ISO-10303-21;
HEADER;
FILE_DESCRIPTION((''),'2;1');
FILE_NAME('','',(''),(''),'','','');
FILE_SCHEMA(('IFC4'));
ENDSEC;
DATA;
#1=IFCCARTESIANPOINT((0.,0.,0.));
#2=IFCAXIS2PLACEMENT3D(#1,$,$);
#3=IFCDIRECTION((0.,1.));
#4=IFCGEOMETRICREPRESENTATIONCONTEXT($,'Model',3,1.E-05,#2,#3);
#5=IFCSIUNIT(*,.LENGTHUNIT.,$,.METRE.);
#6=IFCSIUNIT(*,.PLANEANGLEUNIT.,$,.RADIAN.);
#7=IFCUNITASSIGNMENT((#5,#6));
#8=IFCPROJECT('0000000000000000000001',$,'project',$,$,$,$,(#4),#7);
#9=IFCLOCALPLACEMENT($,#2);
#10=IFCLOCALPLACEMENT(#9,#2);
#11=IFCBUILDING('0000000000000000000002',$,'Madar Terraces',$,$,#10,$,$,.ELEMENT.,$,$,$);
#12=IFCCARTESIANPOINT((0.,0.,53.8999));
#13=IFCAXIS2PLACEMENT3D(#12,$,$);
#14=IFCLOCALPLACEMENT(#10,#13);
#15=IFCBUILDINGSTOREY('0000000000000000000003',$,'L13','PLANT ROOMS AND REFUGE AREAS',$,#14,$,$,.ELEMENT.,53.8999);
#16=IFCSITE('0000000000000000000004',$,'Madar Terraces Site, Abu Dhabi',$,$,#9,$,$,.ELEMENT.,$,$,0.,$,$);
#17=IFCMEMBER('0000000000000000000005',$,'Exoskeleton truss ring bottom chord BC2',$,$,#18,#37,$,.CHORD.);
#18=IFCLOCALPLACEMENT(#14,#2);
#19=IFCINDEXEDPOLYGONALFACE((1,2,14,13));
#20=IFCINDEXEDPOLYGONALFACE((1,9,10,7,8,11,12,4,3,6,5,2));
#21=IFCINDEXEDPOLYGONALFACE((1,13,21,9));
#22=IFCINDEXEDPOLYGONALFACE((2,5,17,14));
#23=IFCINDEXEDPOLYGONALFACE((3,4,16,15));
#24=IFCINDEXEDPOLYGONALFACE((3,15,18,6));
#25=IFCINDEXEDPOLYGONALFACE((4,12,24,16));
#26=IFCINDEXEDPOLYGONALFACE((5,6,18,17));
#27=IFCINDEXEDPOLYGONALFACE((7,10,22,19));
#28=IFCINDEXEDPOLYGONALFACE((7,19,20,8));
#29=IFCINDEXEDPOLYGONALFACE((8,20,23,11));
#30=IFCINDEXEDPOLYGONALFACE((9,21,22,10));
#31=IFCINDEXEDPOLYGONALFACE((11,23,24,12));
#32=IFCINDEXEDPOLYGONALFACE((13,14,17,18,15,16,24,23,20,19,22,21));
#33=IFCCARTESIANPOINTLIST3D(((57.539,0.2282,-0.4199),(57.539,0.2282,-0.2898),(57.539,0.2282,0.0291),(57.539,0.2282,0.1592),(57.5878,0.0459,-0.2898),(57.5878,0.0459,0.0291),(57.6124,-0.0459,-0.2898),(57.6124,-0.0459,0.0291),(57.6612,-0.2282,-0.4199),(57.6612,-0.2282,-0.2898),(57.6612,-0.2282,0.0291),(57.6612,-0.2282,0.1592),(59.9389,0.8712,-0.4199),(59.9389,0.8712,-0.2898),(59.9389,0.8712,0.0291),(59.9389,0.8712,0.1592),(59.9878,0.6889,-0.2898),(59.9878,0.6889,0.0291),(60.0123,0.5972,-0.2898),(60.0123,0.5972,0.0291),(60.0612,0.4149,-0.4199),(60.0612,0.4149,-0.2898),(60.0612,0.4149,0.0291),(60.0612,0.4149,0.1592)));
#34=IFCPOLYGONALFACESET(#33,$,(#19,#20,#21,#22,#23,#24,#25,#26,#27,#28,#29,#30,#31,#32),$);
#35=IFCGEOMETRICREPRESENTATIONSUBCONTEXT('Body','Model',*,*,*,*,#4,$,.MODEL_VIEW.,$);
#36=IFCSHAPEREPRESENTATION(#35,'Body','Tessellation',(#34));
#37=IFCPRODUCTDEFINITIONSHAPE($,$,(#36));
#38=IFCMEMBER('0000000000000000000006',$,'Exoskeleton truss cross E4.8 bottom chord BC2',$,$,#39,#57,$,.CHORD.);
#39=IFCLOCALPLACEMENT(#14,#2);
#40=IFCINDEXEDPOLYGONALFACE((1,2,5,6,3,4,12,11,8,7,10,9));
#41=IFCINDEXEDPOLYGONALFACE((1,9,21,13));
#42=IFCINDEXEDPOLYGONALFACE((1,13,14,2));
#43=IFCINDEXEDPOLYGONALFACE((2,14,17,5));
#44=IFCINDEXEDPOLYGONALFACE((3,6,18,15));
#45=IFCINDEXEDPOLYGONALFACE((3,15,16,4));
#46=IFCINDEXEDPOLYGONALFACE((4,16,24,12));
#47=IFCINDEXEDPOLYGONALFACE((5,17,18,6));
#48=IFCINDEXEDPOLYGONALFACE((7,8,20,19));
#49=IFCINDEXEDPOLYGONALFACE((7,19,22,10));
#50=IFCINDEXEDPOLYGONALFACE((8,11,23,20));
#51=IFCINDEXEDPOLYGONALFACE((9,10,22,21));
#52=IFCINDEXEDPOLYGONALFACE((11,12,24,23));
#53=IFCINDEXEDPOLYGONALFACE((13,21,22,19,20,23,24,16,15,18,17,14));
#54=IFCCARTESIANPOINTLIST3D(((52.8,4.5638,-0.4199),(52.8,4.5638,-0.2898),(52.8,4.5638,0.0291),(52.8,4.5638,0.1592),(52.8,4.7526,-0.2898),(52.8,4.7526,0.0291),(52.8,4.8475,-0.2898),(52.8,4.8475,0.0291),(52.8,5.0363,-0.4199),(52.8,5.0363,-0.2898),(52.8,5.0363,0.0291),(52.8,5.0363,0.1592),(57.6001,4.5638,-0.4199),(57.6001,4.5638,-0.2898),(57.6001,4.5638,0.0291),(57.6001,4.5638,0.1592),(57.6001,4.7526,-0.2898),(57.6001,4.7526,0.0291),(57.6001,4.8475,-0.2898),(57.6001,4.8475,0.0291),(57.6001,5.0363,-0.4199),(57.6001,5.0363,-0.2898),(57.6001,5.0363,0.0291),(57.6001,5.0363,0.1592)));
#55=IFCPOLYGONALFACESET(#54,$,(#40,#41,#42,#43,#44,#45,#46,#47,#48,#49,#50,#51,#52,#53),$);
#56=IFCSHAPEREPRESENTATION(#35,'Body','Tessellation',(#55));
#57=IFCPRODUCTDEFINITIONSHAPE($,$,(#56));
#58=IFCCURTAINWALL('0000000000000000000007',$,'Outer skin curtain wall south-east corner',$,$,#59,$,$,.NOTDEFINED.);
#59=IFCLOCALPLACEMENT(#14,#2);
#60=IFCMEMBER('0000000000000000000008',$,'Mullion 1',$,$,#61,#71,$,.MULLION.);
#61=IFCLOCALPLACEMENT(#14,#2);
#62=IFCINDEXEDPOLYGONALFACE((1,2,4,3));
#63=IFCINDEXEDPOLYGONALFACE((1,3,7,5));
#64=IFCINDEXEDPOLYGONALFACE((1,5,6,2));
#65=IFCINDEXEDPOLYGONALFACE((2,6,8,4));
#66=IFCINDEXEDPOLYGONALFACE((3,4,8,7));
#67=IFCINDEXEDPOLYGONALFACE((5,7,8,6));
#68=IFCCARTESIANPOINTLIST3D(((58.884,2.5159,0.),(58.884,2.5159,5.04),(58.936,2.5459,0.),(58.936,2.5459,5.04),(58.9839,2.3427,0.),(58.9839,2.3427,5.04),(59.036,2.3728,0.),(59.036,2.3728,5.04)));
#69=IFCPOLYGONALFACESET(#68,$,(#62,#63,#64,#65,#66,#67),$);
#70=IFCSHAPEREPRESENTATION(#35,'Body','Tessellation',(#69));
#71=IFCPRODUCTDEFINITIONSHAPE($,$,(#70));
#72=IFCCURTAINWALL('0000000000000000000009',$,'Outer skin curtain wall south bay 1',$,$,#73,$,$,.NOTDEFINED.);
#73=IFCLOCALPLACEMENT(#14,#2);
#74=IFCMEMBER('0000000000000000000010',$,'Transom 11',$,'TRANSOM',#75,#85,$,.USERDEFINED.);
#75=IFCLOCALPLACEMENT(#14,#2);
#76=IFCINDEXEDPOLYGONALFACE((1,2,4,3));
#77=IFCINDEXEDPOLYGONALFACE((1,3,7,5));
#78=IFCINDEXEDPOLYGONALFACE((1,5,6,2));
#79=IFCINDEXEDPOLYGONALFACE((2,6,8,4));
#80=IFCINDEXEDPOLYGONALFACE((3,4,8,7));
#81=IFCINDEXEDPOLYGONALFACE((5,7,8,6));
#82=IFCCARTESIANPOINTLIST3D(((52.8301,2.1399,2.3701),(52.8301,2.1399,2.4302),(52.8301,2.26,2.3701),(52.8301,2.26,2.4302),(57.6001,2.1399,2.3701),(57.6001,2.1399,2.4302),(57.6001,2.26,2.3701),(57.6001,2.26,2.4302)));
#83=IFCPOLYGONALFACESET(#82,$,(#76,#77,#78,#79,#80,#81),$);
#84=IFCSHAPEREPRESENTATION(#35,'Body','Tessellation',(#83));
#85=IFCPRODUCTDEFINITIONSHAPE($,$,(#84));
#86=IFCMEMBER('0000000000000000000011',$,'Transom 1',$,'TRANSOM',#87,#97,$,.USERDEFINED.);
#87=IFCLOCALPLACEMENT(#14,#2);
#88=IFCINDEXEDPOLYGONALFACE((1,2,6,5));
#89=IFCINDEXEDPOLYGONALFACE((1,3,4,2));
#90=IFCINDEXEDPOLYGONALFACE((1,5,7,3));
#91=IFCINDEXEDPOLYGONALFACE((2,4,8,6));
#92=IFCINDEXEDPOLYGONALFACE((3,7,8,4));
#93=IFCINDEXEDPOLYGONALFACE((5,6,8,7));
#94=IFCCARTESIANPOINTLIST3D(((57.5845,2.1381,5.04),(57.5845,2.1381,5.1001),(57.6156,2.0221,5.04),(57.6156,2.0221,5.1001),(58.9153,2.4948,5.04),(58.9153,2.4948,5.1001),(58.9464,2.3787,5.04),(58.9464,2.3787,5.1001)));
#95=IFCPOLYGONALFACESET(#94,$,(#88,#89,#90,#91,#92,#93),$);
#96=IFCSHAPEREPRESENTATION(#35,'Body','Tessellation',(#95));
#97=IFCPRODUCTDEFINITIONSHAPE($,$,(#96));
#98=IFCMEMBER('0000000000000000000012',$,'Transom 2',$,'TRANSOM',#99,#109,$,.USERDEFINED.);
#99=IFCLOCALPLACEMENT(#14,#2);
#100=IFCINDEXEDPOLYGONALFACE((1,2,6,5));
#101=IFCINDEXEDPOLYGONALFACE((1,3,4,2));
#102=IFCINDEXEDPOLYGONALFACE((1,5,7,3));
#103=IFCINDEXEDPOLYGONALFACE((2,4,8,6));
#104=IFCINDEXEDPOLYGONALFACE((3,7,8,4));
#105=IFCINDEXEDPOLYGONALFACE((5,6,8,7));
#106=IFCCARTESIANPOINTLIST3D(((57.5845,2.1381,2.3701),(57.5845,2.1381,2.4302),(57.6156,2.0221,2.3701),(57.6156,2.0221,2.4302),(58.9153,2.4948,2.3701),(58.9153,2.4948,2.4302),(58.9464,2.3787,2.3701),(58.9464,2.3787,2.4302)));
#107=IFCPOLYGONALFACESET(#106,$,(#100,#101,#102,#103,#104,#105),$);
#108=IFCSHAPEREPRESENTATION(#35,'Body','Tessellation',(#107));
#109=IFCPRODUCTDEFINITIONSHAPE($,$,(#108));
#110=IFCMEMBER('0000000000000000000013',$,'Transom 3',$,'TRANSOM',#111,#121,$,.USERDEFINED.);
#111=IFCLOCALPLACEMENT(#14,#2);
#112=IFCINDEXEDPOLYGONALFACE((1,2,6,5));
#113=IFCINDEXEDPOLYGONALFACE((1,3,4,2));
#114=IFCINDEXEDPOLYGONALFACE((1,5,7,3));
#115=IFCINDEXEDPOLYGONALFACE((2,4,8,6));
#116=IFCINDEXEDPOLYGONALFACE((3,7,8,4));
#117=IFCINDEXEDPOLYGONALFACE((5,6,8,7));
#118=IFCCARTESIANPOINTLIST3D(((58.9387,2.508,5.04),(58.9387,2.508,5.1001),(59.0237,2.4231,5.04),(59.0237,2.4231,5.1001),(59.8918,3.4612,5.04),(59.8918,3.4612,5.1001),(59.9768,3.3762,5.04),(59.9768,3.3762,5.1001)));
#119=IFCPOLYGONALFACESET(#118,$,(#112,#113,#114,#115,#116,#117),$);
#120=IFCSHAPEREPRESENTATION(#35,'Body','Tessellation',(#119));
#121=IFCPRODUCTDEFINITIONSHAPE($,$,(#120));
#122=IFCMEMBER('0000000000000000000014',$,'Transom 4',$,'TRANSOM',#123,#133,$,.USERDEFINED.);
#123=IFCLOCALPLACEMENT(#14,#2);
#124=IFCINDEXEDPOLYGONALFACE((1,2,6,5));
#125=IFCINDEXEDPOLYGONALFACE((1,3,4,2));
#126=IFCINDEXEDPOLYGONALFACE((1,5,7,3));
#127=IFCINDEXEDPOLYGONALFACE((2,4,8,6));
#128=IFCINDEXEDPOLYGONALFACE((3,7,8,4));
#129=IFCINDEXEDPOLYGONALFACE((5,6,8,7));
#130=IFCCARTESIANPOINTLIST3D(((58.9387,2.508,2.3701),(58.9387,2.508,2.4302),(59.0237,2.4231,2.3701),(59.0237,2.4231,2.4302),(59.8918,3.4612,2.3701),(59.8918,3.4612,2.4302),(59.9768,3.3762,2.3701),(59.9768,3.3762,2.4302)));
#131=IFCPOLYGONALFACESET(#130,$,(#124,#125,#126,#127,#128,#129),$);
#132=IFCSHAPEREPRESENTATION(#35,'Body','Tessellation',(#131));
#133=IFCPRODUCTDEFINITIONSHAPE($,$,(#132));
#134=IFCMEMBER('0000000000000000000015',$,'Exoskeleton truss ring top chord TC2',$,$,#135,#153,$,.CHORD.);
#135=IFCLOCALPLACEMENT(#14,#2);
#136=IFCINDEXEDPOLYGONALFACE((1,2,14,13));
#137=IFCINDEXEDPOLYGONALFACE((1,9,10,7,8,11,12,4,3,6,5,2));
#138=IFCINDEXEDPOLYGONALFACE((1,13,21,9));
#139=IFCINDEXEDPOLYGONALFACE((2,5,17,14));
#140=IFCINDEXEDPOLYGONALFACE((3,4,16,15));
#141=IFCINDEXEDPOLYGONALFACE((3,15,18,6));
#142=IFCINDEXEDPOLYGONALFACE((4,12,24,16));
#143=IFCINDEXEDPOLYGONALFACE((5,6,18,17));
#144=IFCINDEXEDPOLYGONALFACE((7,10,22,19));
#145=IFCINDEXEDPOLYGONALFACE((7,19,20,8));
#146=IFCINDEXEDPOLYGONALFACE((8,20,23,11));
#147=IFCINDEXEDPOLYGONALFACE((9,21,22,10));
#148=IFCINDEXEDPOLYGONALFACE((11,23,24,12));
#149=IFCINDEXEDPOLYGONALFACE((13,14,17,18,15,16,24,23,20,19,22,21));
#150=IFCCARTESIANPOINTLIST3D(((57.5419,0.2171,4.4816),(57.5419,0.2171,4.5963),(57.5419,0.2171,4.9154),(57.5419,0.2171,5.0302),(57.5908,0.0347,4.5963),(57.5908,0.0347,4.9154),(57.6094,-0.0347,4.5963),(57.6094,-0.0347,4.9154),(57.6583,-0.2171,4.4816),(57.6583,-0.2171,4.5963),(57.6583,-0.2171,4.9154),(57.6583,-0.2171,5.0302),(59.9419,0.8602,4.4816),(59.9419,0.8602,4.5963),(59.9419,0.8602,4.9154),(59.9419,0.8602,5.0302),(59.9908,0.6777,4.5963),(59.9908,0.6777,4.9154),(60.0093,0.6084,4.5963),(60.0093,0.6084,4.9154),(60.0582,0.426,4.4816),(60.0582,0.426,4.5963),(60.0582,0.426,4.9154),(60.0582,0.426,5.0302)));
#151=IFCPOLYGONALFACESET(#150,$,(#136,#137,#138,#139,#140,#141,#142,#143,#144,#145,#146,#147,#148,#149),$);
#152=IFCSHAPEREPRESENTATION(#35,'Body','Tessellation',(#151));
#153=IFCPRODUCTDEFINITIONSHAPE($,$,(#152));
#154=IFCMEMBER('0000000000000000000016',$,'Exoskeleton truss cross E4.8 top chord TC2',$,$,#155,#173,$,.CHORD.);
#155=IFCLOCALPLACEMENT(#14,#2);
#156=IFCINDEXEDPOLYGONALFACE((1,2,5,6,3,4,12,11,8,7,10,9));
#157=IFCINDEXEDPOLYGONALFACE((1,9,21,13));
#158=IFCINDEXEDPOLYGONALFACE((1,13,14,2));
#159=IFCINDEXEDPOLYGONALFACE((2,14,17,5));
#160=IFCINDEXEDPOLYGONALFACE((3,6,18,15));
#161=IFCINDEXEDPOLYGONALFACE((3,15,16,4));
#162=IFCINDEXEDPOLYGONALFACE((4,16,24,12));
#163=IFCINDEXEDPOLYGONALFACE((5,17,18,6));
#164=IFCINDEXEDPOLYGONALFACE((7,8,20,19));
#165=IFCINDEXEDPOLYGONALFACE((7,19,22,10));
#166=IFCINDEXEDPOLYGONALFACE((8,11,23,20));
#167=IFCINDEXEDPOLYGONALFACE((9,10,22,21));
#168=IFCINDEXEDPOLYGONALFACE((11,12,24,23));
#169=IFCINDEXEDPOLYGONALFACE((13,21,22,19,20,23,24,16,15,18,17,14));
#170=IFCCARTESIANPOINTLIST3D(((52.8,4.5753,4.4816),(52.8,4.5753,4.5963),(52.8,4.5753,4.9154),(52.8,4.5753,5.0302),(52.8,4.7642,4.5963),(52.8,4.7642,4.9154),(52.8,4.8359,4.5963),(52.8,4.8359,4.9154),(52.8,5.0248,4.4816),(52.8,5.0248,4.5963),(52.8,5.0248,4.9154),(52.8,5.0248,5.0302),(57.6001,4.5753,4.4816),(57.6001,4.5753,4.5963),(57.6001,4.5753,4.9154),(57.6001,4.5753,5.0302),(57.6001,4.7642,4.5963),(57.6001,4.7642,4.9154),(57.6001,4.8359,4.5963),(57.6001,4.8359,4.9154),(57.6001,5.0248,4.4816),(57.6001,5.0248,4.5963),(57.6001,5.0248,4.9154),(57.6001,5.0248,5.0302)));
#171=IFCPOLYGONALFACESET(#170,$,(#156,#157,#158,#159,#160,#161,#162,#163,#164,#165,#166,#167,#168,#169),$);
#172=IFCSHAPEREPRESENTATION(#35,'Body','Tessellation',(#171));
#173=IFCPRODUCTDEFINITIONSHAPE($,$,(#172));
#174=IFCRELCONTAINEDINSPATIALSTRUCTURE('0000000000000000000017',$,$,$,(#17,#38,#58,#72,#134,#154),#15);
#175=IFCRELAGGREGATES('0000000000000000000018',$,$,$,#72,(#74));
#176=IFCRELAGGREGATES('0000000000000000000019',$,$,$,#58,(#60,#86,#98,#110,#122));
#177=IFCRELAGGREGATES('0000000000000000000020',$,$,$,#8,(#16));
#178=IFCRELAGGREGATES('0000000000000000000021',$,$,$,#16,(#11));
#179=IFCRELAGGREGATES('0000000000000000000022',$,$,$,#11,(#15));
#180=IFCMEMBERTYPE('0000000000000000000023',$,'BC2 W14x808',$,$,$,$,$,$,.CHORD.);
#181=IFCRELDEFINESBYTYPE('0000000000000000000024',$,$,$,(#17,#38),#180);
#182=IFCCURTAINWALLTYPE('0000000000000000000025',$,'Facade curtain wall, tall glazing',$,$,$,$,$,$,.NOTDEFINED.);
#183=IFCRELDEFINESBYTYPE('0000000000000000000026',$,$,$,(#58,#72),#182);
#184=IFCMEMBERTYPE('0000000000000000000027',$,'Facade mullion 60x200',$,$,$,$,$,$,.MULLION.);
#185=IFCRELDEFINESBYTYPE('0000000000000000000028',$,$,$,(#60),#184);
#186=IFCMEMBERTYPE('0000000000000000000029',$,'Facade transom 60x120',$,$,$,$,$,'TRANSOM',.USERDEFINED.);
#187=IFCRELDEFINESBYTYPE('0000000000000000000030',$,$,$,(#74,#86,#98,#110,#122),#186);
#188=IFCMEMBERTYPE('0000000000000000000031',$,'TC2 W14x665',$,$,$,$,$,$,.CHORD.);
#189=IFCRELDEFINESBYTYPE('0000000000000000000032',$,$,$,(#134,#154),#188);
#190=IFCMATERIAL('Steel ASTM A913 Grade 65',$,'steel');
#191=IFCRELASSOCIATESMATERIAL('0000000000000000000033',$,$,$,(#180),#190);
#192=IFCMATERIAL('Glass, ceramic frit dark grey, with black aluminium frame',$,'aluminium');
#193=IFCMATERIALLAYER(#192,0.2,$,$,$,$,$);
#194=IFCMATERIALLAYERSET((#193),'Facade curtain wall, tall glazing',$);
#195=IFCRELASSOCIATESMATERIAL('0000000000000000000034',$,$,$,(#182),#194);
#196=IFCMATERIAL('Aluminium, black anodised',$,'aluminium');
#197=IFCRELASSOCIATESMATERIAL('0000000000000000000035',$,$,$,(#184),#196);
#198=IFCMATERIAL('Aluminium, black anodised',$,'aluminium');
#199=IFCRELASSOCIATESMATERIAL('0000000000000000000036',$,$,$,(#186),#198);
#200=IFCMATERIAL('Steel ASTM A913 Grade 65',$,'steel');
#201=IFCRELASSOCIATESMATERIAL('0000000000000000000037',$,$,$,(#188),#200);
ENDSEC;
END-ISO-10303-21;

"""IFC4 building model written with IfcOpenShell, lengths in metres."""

from ifc_helpers import new_model, si_unit, direction, frame, origin, origin_2d, place, context, subcontext, project, spatial, rectangle, i_section, extrude, material, layer, layer_set, material_profile, profile_set, type_object, element, aggregate, save


model = new_model("IFC4")

# Units and contexts
model_context = context("Model", 3, precision=1e-05, world=origin(), true_north=direction((0.0, 1.0)))
body_context = subcontext(model_context, "Body", "Model", "MODEL_VIEW")
ifc_project = project(units=[si_unit("LENGTHUNIT", "METRE"), si_unit("PLANEANGLEUNIT", "RADIAN")], contexts=[model_context])

# Site, building, storey
site_placement = place(None, origin())
site = spatial("IfcSite", under=ifc_project, at=site_placement, Name="Madar Terraces Site, Abu Dhabi", CompositionType="ELEMENT", RefElevation=0.0)
building_placement = place(site_placement, origin())
building = spatial("IfcBuilding", under=site, at=building_placement, Name="Madar Terraces", CompositionType="ELEMENT")
storey_placement = place(building_placement, frame((0.0, 0.0, 53.8999)))
storey = spatial("IfcBuildingStorey", under=building, at=storey_placement, Name="L13", Description="PLANT ROOMS AND REFUGE AREAS", CompositionType="ELEMENT", Elevation=53.8999)

# Members
ifc_material_1 = material(Name="Steel ASTM A913 Grade 65", Category="steel")
ifc_material_profile_1 = material_profile(ifc_material_1, i_section(OverallWidth=0.4724, OverallDepth=0.5791, WebThickness=0.095, FlangeThickness=0.1301, at=origin_2d()), Name="W14x808")
ifc_profile_set_1 = profile_set([ifc_material_profile_1], Name="Steel ASTM A913 Grade 65")
member_type_1 = type_object("IfcMemberType", Name="BC2 W14x808", PredefinedType="CHORD", material=ifc_profile_set_1)
member_1_placement = place(storey_placement, frame((57.6001, 0.0, -0.1304), z_axis=(0.965924, 0.258824, 0.0), x_axis=(-0.258824, 0.965924, 0.0)))
element("IfcMember", 1, at=member_1_placement, inside=storey, type_object=member_type_1, Name="Exoskeleton truss ring bottom chord BC2", PredefinedType="CHORD", context=body_context, shape_type="SweptSolid", body=[
    extrude(i_section(OverallWidth=0.4724, OverallDepth=0.5791, WebThickness=0.095, FlangeThickness=0.1301, at=origin_2d()), origin(), (0.0, 0.0, 1.0), 2.4846),
])
member_2_placement = place(storey_placement, frame((57.6001, 4.8, -0.1304), z_axis=(-1.0, 0.0, 0.0), x_axis=(0.0, -1.0, 0.0)))
element("IfcMember", 2, at=member_2_placement, inside=storey, type_object=member_type_1, Name="Exoskeleton truss cross E4.8 bottom chord BC2", PredefinedType="CHORD", context=body_context, shape_type="SweptSolid", body=[
    extrude(i_section(OverallWidth=0.4724, OverallDepth=0.5791, WebThickness=0.095, FlangeThickness=0.1301, at=origin_2d()), origin(), (0.0, 0.0, 1.0), 4.8),
])

# Curtain walls, members
ifc_material_2 = material(Name="Glass, ceramic frit dark grey, with black aluminium frame", Category="aluminium")
ifc_layer_1 = layer(ifc_material_2, 0.2)
ifc_layer_set_1 = layer_set([ifc_layer_1], Name="Facade curtain wall, tall glazing")
curtain_wall_type = type_object("IfcCurtainWallType", Name="Facade curtain wall, tall glazing", PredefinedType="NOTDEFINED", material=ifc_layer_set_1)
curtain_wall_1_placement = place(storey_placement, origin())
curtain_wall_1 = element("IfcCurtainWall", 3, at=curtain_wall_1_placement, inside=storey, type_object=curtain_wall_type, Name="Outer skin curtain wall south-east corner", PredefinedType="NOTDEFINED")
ifc_material_3 = material(Name="Aluminium, black anodised", Category="aluminium")
ifc_material_profile_2 = material_profile(ifc_material_3, rectangle(XDim=0.2, YDim=0.0601, at=origin_2d()), Name="Facade mullion 60x200")
ifc_profile_set_2 = profile_set([ifc_material_profile_2], Name="Aluminium, black anodised")
member_type_2 = type_object("IfcMemberType", Name="Facade mullion 60x200", PredefinedType="MULLION", material=ifc_profile_set_2)
member_3_placement = place(storey_placement, frame((58.96, 2.4443, 0.0), z_axis=(0.0, 0.0, 1.0), x_axis=(-0.5, 0.866025, 0.0)))
member_3 = element("IfcMember", 4, at=member_3_placement, type_object=member_type_2, Name="Mullion 1", PredefinedType="MULLION", context=body_context, shape_type="SweptSolid", body=[
    extrude(rectangle(XDim=0.2, YDim=0.0601, at=origin_2d()), origin(), (0.0, 0.0, 1.0), 5.04),
])
curtain_wall_2_placement = place(storey_placement, origin())
curtain_wall_2 = element("IfcCurtainWall", 5, at=curtain_wall_2_placement, inside=storey, type_object=curtain_wall_type, Name="Outer skin curtain wall south bay 1", PredefinedType="NOTDEFINED")
ifc_material_4 = material(Name="Aluminium, black anodised", Category="aluminium")
ifc_material_profile_3 = material_profile(ifc_material_4, rectangle(XDim=0.1201, YDim=0.0601, at=origin_2d()), Name="Facade transom 60x120")
ifc_profile_set_3 = profile_set([ifc_material_profile_3], Name="Aluminium, black anodised")
member_type_3 = type_object("IfcMemberType", Name="Facade transom 60x120", ElementType="TRANSOM", PredefinedType="USERDEFINED", material=ifc_profile_set_3)
member_4_placement = place(storey_placement, frame((52.8301, 2.2, 2.4001), z_axis=(1.0, 0.0, 0.0), x_axis=(0.0, 1.0, 0.0)))
member_4 = element("IfcMember", 6, at=member_4_placement, type_object=member_type_3, Name="Transom 11", ObjectType="TRANSOM", PredefinedType="USERDEFINED", context=body_context, shape_type="SweptSolid", body=[
    extrude(rectangle(XDim=0.1201, YDim=0.0601, at=origin_2d()), origin(), (0.0, 0.0, 1.0), 4.77),
])

# Members
member_5_placement = place(storey_placement, frame((57.6001, 2.0801, 5.0701), z_axis=(0.965908, 0.258887, 0.0), x_axis=(-0.258887, 0.965908, 0.0)))
member_5 = element("IfcMember", 7, at=member_5_placement, type_object=member_type_3, Name="Transom 1", ObjectType="TRANSOM", PredefinedType="USERDEFINED", context=body_context, shape_type="SweptSolid", body=[
    extrude(rectangle(XDim=0.1201, YDim=0.0601, at=origin_2d()), origin(), (0.0, 0.0, 1.0), 1.3777),
])
member_6_placement = place(storey_placement, frame((57.6001, 2.0801, 2.4001), z_axis=(0.965908, 0.258887, 0.0), x_axis=(-0.258887, 0.965908, 0.0)))
member_6 = element("IfcMember", 8, at=member_6_placement, type_object=member_type_3, Name="Transom 2", ObjectType="TRANSOM", PredefinedType="USERDEFINED", context=body_context, shape_type="SweptSolid", body=[
    extrude(rectangle(XDim=0.1201, YDim=0.0601, at=origin_2d()), origin(), (0.0, 0.0, 1.0), 1.3777),
])
member_7_placement = place(storey_placement, frame((58.9812, 2.4656, 5.0701), z_axis=(0.707107, 0.707107, 0.0), x_axis=(-0.707107, 0.707107, 0.0)))
member_7 = element("IfcMember", 9, at=member_7_placement, type_object=member_type_3, Name="Transom 3", ObjectType="TRANSOM", PredefinedType="USERDEFINED", context=body_context, shape_type="SweptSolid", body=[
    extrude(rectangle(XDim=0.1201, YDim=0.0601, at=origin_2d()), origin(), (0.0, 0.0, 1.0), 1.3479),
])
member_8_placement = place(storey_placement, frame((58.9812, 2.4656, 2.4001), z_axis=(0.707107, 0.707107, 0.0), x_axis=(-0.707107, 0.707107, 0.0)))
member_8 = element("IfcMember", 10, at=member_8_placement, type_object=member_type_3, Name="Transom 4", ObjectType="TRANSOM", PredefinedType="USERDEFINED", context=body_context, shape_type="SweptSolid", body=[
    extrude(rectangle(XDim=0.1201, YDim=0.0601, at=origin_2d()), origin(), (0.0, 0.0, 1.0), 1.3479),
])

# Members
ifc_material_5 = material(Name="Steel ASTM A913 Grade 65", Category="steel")
ifc_material_profile_4 = material_profile(ifc_material_5, i_section(OverallWidth=0.4495, OverallDepth=0.5486, WebThickness=0.0718, FlangeThickness=0.1147, at=origin_2d()), Name="W14x665")
ifc_profile_set_4 = profile_set([ifc_material_profile_4], Name="Steel ASTM A913 Grade 65")
member_type_4 = type_object("IfcMemberType", Name="TC2 W14x665", PredefinedType="CHORD", material=ifc_profile_set_4)
member_9_placement = place(storey_placement, frame((57.6001, 0.0, 4.7559), z_axis=(0.965924, 0.258824, 0.0), x_axis=(-0.258824, 0.965924, 0.0)))
element("IfcMember", 11, at=member_9_placement, inside=storey, type_object=member_type_4, Name="Exoskeleton truss ring top chord TC2", PredefinedType="CHORD", context=body_context, shape_type="SweptSolid", body=[
    extrude(i_section(OverallWidth=0.4495, OverallDepth=0.5486, WebThickness=0.0718, FlangeThickness=0.1147, at=origin_2d()), origin(), (0.0, 0.0, 1.0), 2.4846),
])
member_10_placement = place(storey_placement, frame((57.6001, 4.8, 4.7559), z_axis=(-1.0, 0.0, 0.0), x_axis=(0.0, -1.0, 0.0)))
element("IfcMember", 12, at=member_10_placement, inside=storey, type_object=member_type_4, Name="Exoskeleton truss cross E4.8 top chord TC2", PredefinedType="CHORD", context=body_context, shape_type="SweptSolid", body=[
    extrude(i_section(OverallWidth=0.4495, OverallDepth=0.5486, WebThickness=0.0718, FlangeThickness=0.1147, at=origin_2d()), origin(), (0.0, 0.0, 1.0), 4.8),
])

aggregate(curtain_wall_2, [member_4])
aggregate(curtain_wall_1, [member_3, member_5, member_6, member_7, member_8])

save(model, "model.ifc")
